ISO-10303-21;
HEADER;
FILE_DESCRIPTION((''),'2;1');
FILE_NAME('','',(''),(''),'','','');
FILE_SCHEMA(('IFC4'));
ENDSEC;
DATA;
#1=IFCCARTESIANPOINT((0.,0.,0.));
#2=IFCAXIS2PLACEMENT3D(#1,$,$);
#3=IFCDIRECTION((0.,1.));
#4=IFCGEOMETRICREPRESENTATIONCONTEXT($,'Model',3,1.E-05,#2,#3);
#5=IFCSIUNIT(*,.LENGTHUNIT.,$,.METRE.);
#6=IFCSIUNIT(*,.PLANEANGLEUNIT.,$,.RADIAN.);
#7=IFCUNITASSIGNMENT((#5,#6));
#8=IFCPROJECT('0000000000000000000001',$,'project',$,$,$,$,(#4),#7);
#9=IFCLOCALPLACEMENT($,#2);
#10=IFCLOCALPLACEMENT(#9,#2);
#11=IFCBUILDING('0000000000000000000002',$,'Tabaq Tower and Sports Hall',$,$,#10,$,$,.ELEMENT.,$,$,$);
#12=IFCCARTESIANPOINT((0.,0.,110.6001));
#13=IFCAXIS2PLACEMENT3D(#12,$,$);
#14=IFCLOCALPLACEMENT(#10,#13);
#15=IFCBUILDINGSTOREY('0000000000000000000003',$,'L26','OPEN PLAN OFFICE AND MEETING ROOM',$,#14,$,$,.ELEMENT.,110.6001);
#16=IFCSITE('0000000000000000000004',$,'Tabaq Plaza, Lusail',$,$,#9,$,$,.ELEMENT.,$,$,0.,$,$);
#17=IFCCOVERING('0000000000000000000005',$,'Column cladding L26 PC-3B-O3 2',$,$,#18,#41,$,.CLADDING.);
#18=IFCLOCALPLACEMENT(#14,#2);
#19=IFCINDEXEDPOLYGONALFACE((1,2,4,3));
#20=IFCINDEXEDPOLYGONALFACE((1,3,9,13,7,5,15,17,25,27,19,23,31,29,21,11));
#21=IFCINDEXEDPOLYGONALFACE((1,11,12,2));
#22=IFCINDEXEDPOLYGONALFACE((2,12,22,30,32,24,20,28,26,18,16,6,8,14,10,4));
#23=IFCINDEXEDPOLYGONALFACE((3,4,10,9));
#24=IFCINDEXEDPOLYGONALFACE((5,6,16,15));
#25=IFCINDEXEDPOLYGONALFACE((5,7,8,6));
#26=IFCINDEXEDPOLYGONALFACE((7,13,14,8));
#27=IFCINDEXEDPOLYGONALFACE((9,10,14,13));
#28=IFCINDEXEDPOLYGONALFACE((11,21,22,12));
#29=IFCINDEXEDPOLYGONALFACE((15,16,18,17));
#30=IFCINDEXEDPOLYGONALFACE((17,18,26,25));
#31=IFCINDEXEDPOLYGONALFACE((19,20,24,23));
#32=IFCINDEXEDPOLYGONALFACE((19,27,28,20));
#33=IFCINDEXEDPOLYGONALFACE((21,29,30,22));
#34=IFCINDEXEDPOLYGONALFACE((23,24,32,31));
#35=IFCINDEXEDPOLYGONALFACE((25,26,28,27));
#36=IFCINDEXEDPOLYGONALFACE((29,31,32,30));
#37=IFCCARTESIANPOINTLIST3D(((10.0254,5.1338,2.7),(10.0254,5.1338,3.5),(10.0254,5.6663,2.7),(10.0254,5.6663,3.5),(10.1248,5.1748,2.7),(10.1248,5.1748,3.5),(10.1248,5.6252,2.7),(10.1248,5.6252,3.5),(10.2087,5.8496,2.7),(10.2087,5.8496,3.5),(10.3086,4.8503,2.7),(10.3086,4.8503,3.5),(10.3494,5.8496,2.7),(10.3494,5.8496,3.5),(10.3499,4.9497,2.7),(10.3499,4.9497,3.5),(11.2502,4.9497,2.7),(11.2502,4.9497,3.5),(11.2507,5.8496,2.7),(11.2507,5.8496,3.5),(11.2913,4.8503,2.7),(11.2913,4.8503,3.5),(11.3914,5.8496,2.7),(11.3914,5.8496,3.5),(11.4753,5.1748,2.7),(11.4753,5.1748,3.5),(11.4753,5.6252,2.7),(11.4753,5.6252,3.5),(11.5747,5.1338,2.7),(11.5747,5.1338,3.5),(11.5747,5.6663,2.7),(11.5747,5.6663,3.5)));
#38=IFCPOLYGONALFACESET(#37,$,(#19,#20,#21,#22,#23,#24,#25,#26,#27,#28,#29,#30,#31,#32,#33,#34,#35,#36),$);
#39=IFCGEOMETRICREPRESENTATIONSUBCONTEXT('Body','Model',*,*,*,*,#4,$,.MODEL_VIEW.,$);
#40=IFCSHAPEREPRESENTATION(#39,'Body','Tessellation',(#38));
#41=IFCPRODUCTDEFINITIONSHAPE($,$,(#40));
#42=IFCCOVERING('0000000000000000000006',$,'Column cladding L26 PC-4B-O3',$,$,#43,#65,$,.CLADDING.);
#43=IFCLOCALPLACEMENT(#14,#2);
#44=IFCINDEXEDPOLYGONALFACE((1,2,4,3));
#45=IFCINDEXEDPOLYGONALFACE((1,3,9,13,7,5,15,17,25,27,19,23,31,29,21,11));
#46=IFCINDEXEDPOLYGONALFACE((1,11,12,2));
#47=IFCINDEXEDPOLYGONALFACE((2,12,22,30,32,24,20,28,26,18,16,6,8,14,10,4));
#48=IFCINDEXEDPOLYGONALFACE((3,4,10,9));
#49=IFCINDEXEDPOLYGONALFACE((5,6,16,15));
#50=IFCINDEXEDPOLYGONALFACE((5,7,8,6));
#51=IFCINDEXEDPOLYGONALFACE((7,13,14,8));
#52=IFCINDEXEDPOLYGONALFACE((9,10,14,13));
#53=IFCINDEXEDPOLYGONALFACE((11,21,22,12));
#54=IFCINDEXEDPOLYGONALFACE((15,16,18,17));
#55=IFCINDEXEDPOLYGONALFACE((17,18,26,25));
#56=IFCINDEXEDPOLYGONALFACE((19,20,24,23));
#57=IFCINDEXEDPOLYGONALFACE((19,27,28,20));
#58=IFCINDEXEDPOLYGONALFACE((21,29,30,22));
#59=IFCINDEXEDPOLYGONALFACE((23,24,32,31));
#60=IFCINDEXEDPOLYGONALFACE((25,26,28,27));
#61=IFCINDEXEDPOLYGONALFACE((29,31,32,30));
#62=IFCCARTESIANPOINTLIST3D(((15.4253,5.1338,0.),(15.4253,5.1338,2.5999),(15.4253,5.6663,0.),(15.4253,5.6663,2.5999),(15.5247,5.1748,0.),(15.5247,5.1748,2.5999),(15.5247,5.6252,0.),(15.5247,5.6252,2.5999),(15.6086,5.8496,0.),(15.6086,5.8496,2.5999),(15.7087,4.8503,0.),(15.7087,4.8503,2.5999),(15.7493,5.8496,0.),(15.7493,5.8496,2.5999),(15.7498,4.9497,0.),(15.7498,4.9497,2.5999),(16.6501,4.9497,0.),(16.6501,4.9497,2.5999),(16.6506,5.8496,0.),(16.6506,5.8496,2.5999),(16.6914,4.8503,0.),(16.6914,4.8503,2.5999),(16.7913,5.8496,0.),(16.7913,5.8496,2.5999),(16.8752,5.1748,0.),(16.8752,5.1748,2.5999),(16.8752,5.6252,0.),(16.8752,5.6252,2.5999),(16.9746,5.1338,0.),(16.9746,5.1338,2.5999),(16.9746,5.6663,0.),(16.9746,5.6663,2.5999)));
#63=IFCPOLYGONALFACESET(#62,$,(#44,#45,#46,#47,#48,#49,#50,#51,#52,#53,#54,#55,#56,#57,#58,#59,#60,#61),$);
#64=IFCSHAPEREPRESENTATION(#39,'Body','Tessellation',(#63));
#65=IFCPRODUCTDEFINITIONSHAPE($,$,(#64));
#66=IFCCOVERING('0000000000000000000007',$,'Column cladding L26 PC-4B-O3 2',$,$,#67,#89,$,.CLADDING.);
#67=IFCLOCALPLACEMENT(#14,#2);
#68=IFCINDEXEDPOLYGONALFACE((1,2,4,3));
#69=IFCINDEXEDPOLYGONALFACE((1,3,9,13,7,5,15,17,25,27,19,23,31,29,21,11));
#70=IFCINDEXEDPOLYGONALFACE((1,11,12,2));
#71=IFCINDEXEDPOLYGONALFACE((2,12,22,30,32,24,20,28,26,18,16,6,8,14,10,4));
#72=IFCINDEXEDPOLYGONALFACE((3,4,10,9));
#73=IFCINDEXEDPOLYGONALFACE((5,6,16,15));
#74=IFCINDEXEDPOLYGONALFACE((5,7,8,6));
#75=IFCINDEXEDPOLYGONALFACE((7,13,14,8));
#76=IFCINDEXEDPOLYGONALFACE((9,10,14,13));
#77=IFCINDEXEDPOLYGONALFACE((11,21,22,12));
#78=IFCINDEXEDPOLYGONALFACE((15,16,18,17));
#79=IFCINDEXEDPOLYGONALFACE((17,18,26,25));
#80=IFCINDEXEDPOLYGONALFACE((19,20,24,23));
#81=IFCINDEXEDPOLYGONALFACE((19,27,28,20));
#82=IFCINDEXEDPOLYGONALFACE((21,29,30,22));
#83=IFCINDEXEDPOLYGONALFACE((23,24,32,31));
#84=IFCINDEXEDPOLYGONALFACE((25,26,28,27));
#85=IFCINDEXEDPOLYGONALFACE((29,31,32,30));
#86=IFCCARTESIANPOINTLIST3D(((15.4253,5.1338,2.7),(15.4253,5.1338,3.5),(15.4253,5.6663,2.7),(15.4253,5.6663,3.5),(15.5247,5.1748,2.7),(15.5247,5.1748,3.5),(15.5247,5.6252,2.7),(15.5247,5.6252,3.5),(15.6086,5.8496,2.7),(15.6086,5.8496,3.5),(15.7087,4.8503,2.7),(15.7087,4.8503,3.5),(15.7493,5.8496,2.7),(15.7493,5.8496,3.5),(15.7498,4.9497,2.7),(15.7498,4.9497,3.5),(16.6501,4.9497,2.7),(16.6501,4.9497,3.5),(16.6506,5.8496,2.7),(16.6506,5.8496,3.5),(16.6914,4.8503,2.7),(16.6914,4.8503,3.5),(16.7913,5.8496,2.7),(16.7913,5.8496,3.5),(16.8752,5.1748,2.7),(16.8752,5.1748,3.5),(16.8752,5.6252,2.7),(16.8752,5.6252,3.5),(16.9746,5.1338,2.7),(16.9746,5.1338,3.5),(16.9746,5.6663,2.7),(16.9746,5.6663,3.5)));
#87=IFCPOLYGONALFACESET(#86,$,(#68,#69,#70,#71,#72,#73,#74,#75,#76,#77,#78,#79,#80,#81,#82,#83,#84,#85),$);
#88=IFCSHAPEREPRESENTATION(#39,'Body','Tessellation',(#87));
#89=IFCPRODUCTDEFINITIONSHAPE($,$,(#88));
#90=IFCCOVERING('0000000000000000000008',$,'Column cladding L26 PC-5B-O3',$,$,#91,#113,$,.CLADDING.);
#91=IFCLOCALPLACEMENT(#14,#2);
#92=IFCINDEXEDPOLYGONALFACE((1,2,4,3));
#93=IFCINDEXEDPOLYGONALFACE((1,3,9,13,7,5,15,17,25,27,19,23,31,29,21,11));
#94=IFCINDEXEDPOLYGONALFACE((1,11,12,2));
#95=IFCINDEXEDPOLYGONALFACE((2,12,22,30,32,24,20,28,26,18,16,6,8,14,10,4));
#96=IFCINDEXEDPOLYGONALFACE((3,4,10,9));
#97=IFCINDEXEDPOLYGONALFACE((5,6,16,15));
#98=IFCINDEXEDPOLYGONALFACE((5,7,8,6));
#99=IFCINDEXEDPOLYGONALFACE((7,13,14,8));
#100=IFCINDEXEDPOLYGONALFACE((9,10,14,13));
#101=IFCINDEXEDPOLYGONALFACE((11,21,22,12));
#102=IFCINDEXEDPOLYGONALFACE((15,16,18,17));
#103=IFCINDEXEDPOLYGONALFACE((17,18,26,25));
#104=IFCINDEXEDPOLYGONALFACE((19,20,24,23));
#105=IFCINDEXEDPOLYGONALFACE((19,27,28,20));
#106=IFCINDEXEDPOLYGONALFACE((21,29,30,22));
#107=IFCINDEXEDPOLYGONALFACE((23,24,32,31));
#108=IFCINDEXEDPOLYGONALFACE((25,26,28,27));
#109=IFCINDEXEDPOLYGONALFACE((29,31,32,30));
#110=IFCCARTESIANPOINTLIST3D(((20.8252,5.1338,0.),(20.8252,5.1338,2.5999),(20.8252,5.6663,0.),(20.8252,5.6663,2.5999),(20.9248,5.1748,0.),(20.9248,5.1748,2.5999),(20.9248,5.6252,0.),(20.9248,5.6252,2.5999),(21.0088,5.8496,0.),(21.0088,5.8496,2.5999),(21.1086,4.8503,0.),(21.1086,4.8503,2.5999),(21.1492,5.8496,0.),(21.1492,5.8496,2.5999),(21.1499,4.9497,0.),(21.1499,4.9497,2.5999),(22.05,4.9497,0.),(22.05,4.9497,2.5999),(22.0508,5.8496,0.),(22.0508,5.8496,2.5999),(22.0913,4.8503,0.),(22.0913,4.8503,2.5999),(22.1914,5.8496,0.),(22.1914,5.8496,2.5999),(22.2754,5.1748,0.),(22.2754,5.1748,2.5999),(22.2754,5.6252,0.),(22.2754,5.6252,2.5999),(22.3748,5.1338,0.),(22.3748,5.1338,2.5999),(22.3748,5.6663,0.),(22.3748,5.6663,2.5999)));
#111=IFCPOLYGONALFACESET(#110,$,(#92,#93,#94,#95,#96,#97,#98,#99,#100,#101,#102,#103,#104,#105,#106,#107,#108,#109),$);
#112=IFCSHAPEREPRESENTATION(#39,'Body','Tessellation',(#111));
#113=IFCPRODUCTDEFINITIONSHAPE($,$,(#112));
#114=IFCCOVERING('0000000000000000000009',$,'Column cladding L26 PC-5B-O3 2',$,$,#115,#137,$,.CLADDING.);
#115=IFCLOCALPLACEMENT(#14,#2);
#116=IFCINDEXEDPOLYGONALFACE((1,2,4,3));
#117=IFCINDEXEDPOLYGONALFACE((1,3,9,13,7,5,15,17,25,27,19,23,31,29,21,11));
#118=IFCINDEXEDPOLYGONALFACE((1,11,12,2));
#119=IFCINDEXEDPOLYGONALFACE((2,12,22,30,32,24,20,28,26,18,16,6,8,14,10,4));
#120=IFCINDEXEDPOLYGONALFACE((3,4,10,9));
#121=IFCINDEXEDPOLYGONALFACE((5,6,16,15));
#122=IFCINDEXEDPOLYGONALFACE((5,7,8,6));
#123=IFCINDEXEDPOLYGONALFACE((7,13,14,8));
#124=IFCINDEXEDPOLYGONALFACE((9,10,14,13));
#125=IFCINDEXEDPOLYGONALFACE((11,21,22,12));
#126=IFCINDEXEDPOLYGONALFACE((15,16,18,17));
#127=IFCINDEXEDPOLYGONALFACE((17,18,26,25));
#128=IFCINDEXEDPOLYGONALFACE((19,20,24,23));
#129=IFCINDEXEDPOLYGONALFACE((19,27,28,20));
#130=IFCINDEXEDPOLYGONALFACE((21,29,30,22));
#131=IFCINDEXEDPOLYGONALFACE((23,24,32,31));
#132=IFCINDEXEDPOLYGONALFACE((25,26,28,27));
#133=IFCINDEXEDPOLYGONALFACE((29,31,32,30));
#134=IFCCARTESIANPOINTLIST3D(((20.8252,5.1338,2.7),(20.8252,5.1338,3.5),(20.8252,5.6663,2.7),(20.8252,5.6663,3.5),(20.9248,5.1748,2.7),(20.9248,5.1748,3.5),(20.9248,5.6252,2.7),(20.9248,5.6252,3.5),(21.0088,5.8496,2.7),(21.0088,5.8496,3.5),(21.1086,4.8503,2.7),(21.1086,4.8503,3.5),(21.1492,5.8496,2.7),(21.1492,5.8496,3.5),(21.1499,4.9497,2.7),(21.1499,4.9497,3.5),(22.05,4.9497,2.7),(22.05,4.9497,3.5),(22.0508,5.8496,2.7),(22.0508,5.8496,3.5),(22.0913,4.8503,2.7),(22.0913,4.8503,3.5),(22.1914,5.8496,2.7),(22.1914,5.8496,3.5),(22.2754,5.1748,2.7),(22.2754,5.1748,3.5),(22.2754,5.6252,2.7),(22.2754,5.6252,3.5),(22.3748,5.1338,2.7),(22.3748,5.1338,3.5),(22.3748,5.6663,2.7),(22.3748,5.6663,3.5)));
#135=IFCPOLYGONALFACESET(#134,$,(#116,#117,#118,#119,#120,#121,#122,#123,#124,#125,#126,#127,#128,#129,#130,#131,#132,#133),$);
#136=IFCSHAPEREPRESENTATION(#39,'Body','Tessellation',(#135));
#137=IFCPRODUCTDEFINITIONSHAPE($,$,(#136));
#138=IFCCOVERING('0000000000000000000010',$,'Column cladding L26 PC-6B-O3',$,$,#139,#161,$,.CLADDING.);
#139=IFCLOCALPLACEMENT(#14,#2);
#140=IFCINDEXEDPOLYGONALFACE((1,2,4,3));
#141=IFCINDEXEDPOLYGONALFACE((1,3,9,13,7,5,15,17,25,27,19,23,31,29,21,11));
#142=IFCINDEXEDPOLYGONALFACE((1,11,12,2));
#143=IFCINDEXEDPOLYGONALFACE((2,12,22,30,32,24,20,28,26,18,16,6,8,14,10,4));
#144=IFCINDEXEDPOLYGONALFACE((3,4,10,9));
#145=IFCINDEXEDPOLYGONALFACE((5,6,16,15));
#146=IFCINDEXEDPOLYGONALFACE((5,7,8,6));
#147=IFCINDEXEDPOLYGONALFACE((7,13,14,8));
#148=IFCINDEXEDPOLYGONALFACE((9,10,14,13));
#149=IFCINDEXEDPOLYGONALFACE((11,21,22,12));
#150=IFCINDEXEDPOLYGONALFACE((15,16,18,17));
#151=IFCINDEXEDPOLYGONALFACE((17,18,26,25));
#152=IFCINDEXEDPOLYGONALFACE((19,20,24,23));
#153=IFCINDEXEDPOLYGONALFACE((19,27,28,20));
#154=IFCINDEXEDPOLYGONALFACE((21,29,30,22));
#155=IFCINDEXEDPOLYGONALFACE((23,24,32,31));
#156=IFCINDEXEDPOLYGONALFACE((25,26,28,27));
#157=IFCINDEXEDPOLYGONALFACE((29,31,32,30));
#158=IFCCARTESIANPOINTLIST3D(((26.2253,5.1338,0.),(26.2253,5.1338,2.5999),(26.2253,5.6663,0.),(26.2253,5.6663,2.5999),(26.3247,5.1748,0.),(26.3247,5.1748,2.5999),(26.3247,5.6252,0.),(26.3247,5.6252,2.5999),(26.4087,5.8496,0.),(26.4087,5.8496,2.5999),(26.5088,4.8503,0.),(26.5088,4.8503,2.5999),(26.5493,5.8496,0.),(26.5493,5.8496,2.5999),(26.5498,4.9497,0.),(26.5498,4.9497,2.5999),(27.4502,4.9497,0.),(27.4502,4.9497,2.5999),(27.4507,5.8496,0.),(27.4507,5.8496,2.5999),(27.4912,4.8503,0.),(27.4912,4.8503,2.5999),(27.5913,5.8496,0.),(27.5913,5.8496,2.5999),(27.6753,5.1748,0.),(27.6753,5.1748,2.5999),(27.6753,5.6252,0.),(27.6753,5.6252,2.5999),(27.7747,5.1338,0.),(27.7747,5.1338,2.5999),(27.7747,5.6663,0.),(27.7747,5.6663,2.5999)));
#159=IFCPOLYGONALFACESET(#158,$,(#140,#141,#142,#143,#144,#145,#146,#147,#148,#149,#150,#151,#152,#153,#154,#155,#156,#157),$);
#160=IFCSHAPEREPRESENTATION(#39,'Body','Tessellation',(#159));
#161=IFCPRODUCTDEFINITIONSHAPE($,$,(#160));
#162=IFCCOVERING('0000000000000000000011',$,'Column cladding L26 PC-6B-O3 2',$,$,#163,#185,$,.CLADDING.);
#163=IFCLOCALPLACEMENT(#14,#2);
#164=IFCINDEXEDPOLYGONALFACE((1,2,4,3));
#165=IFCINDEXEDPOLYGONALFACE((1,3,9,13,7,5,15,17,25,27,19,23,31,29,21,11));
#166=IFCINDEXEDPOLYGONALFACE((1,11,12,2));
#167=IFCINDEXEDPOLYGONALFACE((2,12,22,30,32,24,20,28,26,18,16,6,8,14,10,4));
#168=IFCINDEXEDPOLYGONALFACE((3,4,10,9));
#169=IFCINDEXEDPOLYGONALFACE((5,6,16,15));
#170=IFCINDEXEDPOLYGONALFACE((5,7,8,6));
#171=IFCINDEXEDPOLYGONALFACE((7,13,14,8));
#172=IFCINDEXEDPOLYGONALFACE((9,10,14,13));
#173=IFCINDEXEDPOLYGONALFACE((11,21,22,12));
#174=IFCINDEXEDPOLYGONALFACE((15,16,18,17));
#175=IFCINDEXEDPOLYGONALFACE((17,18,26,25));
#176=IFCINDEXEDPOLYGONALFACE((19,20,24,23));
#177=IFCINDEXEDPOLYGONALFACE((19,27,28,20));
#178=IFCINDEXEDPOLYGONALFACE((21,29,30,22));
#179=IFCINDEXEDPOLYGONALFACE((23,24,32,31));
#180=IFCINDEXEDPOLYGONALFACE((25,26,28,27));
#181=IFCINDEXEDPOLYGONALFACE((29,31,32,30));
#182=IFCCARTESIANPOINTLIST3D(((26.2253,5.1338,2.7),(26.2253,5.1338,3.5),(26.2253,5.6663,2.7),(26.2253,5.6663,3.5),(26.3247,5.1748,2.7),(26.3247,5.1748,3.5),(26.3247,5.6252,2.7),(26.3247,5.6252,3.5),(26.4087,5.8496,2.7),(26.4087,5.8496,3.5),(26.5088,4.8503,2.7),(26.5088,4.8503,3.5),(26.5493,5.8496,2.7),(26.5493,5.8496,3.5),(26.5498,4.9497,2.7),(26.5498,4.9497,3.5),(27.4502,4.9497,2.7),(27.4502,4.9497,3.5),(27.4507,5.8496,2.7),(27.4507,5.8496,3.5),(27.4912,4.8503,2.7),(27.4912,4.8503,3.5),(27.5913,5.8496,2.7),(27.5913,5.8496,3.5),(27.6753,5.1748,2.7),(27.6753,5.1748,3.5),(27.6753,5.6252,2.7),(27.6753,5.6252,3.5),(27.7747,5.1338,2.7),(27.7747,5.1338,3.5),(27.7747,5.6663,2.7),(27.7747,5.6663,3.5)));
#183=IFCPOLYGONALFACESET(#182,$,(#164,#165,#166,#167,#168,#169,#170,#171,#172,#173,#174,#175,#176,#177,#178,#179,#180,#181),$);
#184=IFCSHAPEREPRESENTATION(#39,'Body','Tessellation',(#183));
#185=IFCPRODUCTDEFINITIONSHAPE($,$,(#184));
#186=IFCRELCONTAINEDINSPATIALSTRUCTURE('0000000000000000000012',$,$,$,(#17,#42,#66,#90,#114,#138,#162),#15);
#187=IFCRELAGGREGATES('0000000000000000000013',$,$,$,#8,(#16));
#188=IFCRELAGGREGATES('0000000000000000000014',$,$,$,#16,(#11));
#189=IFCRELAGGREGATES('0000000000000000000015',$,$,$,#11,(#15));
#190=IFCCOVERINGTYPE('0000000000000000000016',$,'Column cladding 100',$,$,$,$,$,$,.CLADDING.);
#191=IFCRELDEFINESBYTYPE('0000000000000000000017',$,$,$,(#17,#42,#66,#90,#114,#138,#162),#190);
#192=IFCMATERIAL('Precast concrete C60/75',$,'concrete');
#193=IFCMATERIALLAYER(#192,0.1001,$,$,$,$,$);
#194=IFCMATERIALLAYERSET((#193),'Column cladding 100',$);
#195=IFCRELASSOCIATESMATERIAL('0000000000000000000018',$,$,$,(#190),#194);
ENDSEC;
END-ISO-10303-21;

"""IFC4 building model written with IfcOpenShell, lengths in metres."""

from ifc_helpers import new_model, si_unit, direction, frame, origin, place, context, subcontext, project, spatial, polyline, outline, extrude, material, layer, layer_set, type_object, element, save


model = new_model("IFC4")

# Units and contexts
model_context = context("Model", 3, precision=1e-05, world=origin(), true_north=direction((0.0, 1.0)))
body_context = subcontext(model_context, "Body", "Model", "MODEL_VIEW")
ifc_project = project(units=[si_unit("LENGTHUNIT", "METRE"), si_unit("PLANEANGLEUNIT", "RADIAN")], contexts=[model_context])

# Site, building, storey
site_placement = place(None, origin())
site = spatial("IfcSite", under=ifc_project, at=site_placement, Name="Tabaq Plaza, Lusail", CompositionType="ELEMENT", RefElevation=0.0)
building_placement = place(site_placement, origin())
building = spatial("IfcBuilding", under=site, at=building_placement, Name="Tabaq Tower and Sports Hall", CompositionType="ELEMENT")
storey_placement = place(building_placement, frame((0.0, 0.0, 110.6001)))
storey = spatial("IfcBuildingStorey", under=building, at=storey_placement, Name="L26", Description="OPEN PLAN OFFICE AND MEETING ROOM", CompositionType="ELEMENT", Elevation=110.6001)

# Coverings
ifc_material_1 = material(Name="Precast concrete C60/75", Category="concrete")
ifc_layer_1 = layer(ifc_material_1, 0.1001)
ifc_layer_set_1 = layer_set([ifc_layer_1], Name="Column cladding 100")
covering_type = type_object("IfcCoveringType", Name="Column cladding 100", PredefinedType="CLADDING", material=ifc_layer_set_1)
covering_1_placement = place(storey_placement, frame((0.0, 0.0, 2.7)))
element("IfcCovering", 1, at=covering_1_placement, inside=storey, type_object=covering_type, Name="Column cladding L26 PC-3B-O3 2", PredefinedType="CLADDING", context=body_context, shape_type="SweptSolid", body=[
    extrude(outline(polyline([(10.0254, 5.6663), (10.2087, 5.8496), (10.3494, 5.8496), (10.1248, 5.6252), (10.1248, 5.1748), (10.3499, 4.9497), (11.2502, 4.9497), (11.4753, 5.1748), (11.4753, 5.6252), (11.2507, 5.8496), (11.3914, 5.8496), (11.5747, 5.6663), (11.5747, 5.1338), (11.2913, 4.8503), (10.3086, 4.8503), (10.0254, 5.1338), (10.0254, 5.6663)])), origin(), (0.0, 0.0, 1.0), 0.8),
])
covering_2_placement = place(storey_placement, origin())
element("IfcCovering", 2, at=covering_2_placement, inside=storey, type_object=covering_type, Name="Column cladding L26 PC-4B-O3", PredefinedType="CLADDING", context=body_context, shape_type="SweptSolid", body=[
    extrude(outline(polyline([(15.4253, 5.6663), (15.6086, 5.8496), (15.7493, 5.8496), (15.5247, 5.6252), (15.5247, 5.1748), (15.7498, 4.9497), (16.6501, 4.9497), (16.8752, 5.1748), (16.8752, 5.6252), (16.6506, 5.8496), (16.7913, 5.8496), (16.9746, 5.6663), (16.9746, 5.1338), (16.6914, 4.8503), (15.7087, 4.8503), (15.4253, 5.1338), (15.4253, 5.6663)])), origin(), (0.0, 0.0, 1.0), 2.5999),
])
covering_3_placement = place(storey_placement, frame((0.0, 0.0, 2.7)))
element("IfcCovering", 3, at=covering_3_placement, inside=storey, type_object=covering_type, Name="Column cladding L26 PC-4B-O3 2", PredefinedType="CLADDING", context=body_context, shape_type="SweptSolid", body=[
    extrude(outline(polyline([(15.4253, 5.6663), (15.6086, 5.8496), (15.7493, 5.8496), (15.5247, 5.6252), (15.5247, 5.1748), (15.7498, 4.9497), (16.6501, 4.9497), (16.8752, 5.1748), (16.8752, 5.6252), (16.6506, 5.8496), (16.7913, 5.8496), (16.9746, 5.6663), (16.9746, 5.1338), (16.6914, 4.8503), (15.7087, 4.8503), (15.4253, 5.1338), (15.4253, 5.6663)])), origin(), (0.0, 0.0, 1.0), 0.8),
])
covering_4_placement = place(storey_placement, origin())
element("IfcCovering", 4, at=covering_4_placement, inside=storey, type_object=covering_type, Name="Column cladding L26 PC-5B-O3", PredefinedType="CLADDING", context=body_context, shape_type="SweptSolid", body=[
    extrude(outline(polyline([(20.8252, 5.6663), (21.0088, 5.8496), (21.1492, 5.8496), (20.9248, 5.6252), (20.9248, 5.1748), (21.1499, 4.9497), (22.05, 4.9497), (22.2754, 5.1748), (22.2754, 5.6252), (22.0508, 5.8496), (22.1914, 5.8496), (22.3748, 5.6663), (22.3748, 5.1338), (22.0913, 4.8503), (21.1086, 4.8503), (20.8252, 5.1338), (20.8252, 5.6663)])), origin(), (0.0, 0.0, 1.0), 2.5999),
])
covering_5_placement = place(storey_placement, frame((0.0, 0.0, 2.7)))
element("IfcCovering", 5, at=covering_5_placement, inside=storey, type_object=covering_type, Name="Column cladding L26 PC-5B-O3 2", PredefinedType="CLADDING", context=body_context, shape_type="SweptSolid", body=[
    extrude(outline(polyline([(20.8252, 5.6663), (21.0088, 5.8496), (21.1492, 5.8496), (20.9248, 5.6252), (20.9248, 5.1748), (21.1499, 4.9497), (22.05, 4.9497), (22.2754, 5.1748), (22.2754, 5.6252), (22.0508, 5.8496), (22.1914, 5.8496), (22.3748, 5.6663), (22.3748, 5.1338), (22.0913, 4.8503), (21.1086, 4.8503), (20.8252, 5.1338), (20.8252, 5.6663)])), origin(), (0.0, 0.0, 1.0), 0.8),
])
covering_6_placement = place(storey_placement, origin())
element("IfcCovering", 6, at=covering_6_placement, inside=storey, type_object=covering_type, Name="Column cladding L26 PC-6B-O3", PredefinedType="CLADDING", context=body_context, shape_type="SweptSolid", body=[
    extrude(outline(polyline([(26.2253, 5.6663), (26.4087, 5.8496), (26.5493, 5.8496), (26.3247, 5.6252), (26.3247, 5.1748), (26.5498, 4.9497), (27.4502, 4.9497), (27.6753, 5.1748), (27.6753, 5.6252), (27.4507, 5.8496), (27.5913, 5.8496), (27.7747, 5.6663), (27.7747, 5.1338), (27.4912, 4.8503), (26.5088, 4.8503), (26.2253, 5.1338), (26.2253, 5.6663)])), origin(), (0.0, 0.0, 1.0), 2.5999),
])
covering_7_placement = place(storey_placement, frame((0.0, 0.0, 2.7)))
element("IfcCovering", 7, at=covering_7_placement, inside=storey, type_object=covering_type, Name="Column cladding L26 PC-6B-O3 2", PredefinedType="CLADDING", context=body_context, shape_type="SweptSolid", body=[
    extrude(outline(polyline([(26.2253, 5.6663), (26.4087, 5.8496), (26.5493, 5.8496), (26.3247, 5.6252), (26.3247, 5.1748), (26.5498, 4.9497), (27.4502, 4.9497), (27.6753, 5.1748), (27.6753, 5.6252), (27.4507, 5.8496), (27.5913, 5.8496), (27.7747, 5.6663), (27.7747, 5.1338), (27.4912, 4.8503), (26.5088, 4.8503), (26.2253, 5.1338), (26.2253, 5.6663)])), origin(), (0.0, 0.0, 1.0), 0.8),
])

save(model, "model.ifc")
